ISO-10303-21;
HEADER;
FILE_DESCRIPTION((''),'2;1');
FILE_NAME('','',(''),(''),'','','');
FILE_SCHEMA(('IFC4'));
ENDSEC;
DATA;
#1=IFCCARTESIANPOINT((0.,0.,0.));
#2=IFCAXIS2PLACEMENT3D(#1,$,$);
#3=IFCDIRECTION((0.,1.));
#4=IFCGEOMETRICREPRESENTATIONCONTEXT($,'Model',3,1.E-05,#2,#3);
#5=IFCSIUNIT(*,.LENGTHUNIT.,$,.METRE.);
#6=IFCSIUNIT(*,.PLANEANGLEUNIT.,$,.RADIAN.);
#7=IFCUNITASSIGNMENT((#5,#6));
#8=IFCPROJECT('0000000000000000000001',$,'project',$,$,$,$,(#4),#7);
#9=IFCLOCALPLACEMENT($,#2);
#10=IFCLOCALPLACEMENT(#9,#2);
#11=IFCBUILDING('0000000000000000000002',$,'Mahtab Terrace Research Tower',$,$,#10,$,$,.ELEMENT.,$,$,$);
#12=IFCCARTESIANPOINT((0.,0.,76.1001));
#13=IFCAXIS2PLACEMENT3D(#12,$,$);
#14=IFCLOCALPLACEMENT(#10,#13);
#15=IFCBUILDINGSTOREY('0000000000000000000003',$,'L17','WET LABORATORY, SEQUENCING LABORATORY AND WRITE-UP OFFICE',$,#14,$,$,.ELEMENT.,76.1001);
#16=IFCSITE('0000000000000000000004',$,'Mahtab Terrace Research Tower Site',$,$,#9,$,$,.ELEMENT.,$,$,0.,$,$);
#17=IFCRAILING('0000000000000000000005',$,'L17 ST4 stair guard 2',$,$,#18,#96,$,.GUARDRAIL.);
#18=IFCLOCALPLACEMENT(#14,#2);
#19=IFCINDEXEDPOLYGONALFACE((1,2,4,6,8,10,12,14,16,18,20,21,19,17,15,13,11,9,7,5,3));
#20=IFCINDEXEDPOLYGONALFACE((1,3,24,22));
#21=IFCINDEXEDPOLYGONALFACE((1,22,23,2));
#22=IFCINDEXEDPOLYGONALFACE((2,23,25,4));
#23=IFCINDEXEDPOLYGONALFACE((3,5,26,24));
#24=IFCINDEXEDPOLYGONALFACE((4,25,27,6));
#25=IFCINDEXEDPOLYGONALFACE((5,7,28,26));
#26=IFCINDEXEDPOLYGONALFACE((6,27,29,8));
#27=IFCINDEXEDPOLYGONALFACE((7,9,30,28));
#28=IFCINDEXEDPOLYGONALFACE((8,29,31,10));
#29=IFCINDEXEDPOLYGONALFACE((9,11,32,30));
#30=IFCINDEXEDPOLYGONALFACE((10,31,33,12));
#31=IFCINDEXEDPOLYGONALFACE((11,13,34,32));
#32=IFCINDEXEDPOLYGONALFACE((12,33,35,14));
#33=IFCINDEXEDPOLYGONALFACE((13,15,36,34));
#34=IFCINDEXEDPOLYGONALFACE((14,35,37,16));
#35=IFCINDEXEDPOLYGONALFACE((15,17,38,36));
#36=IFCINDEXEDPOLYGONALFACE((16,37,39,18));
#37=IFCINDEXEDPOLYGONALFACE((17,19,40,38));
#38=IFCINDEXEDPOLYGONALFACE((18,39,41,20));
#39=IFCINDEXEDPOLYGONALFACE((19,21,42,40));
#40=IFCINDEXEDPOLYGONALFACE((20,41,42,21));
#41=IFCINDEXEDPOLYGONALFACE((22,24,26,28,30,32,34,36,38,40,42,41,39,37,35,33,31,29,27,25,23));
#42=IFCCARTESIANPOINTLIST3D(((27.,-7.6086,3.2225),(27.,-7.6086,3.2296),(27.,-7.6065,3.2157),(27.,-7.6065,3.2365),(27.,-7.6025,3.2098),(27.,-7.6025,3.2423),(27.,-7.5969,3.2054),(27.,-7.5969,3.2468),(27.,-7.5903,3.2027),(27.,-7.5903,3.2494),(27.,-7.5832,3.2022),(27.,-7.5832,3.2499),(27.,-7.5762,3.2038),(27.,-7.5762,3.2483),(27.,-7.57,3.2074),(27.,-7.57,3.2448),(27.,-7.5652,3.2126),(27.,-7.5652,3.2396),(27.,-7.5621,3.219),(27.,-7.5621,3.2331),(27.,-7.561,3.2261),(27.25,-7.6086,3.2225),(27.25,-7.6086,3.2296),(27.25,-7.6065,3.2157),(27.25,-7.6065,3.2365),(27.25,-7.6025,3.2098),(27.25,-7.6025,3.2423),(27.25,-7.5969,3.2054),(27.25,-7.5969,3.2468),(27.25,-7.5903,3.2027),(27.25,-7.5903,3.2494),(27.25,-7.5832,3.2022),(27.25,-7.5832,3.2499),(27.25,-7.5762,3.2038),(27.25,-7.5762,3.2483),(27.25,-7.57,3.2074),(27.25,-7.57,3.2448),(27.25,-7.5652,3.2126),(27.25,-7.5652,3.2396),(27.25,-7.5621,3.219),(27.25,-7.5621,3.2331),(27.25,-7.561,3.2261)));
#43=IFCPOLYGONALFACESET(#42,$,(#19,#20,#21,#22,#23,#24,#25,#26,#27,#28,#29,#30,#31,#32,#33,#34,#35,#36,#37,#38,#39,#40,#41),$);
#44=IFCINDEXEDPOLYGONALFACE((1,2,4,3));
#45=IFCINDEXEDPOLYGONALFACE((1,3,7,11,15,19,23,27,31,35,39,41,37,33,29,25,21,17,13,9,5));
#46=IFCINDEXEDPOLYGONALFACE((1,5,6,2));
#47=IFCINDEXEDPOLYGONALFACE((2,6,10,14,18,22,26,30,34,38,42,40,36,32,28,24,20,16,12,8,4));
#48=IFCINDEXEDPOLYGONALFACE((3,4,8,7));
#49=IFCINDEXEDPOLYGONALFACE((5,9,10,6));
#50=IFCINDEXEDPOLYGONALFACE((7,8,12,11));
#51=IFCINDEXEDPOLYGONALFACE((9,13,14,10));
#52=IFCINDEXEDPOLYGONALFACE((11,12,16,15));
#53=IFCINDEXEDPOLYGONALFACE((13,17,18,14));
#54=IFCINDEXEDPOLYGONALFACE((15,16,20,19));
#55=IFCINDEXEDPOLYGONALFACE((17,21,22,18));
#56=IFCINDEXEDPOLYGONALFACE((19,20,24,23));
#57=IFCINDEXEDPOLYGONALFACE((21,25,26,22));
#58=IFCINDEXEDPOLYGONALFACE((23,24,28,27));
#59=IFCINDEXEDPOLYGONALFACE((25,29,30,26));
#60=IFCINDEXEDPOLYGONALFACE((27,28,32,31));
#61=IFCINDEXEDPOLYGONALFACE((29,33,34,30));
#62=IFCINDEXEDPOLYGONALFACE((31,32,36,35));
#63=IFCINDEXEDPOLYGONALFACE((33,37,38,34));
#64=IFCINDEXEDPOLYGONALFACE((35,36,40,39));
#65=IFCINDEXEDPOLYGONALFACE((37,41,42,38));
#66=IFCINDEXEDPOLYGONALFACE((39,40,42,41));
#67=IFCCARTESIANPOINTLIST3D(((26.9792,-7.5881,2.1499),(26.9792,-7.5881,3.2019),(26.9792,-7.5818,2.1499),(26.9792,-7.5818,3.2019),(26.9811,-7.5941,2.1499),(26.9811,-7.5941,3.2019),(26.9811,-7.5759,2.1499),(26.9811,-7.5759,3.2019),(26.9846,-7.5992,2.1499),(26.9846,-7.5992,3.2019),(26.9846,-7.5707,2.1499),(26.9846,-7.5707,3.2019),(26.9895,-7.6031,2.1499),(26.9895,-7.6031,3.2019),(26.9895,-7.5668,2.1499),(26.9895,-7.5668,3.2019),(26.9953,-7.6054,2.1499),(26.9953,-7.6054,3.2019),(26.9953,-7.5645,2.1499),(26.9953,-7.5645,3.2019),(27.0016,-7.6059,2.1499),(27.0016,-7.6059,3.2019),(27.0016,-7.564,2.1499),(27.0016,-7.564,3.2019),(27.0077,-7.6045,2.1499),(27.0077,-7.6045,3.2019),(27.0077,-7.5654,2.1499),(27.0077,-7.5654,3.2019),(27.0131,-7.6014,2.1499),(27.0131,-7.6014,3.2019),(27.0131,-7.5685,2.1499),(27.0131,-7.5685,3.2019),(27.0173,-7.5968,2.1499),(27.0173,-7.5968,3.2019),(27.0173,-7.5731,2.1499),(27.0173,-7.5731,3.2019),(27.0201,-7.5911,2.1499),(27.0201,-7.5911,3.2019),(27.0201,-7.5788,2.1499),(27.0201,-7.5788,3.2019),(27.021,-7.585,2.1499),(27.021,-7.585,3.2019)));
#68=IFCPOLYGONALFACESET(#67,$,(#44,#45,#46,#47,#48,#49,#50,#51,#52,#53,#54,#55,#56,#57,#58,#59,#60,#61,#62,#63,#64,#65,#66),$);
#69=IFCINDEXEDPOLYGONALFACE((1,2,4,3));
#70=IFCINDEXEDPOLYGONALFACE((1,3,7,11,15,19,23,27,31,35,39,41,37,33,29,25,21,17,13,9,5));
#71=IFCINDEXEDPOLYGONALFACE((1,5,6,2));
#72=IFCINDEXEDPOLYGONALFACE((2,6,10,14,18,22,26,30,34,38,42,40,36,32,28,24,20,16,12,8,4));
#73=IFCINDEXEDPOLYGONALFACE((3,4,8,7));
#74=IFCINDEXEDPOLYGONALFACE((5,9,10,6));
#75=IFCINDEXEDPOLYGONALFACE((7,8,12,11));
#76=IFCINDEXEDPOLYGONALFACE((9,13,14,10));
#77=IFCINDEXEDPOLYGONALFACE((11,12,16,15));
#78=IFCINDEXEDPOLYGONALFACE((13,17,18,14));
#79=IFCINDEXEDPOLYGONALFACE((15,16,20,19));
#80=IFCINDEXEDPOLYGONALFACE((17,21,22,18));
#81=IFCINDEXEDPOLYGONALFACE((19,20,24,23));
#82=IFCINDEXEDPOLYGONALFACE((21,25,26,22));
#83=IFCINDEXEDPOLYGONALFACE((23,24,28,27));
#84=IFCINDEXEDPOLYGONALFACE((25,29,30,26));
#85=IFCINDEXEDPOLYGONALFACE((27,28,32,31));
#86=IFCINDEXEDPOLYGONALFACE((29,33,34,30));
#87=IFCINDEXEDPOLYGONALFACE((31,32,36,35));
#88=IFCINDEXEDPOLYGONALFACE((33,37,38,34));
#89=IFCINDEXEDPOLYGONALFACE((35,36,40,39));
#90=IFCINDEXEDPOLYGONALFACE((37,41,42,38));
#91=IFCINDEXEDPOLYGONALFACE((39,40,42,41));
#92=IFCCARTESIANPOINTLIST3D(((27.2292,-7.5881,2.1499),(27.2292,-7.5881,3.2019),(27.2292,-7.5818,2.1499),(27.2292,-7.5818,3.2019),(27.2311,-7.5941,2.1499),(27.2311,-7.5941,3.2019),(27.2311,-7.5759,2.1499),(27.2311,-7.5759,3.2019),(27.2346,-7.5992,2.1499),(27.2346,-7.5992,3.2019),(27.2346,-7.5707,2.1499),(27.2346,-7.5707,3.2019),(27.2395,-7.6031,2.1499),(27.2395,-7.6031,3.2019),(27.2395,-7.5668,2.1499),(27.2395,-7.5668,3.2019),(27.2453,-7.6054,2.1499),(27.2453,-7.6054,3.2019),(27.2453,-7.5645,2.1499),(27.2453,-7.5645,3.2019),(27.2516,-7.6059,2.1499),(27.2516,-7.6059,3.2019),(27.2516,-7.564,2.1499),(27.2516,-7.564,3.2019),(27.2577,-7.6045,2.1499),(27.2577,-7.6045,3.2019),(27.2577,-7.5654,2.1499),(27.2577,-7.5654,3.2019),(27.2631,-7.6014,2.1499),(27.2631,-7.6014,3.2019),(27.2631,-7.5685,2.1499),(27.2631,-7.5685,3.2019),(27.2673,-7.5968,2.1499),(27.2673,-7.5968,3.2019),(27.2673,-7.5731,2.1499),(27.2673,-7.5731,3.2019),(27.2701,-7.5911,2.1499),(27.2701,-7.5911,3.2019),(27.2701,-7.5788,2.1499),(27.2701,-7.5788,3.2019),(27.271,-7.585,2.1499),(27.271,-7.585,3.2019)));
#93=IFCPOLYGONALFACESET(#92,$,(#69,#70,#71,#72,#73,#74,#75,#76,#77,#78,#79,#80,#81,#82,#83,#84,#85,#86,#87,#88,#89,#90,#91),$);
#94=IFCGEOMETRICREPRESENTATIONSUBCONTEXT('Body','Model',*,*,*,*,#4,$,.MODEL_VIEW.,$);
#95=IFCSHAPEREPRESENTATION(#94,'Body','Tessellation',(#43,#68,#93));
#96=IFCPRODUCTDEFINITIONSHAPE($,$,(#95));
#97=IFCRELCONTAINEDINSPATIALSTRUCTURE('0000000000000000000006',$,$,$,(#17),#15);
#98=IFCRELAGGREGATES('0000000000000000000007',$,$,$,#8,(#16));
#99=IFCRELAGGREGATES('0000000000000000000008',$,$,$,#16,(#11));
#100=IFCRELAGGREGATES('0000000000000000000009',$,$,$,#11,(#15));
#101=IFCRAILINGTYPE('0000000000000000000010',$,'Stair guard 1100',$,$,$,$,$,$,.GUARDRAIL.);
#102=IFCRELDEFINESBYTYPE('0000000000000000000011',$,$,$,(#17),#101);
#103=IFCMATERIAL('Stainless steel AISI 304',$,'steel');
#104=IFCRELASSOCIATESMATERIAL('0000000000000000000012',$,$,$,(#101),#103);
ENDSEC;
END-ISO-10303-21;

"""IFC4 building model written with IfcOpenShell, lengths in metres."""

from ifc_helpers import new_model, si_unit, direction, frame, origin, origin_2d, place, context, subcontext, project, spatial, circle, extrude, material, type_object, element, save


model = new_model("IFC4")

# Units and contexts
model_context = context("Model", 3, precision=1e-05, world=origin(), true_north=direction((0.0, 1.0)))
body_context = subcontext(model_context, "Body", "Model", "MODEL_VIEW")
ifc_project = project(units=[si_unit("LENGTHUNIT", "METRE"), si_unit("PLANEANGLEUNIT", "RADIAN")], contexts=[model_context])

# Site, building, storey
site_placement = place(None, origin())
site = spatial("IfcSite", under=ifc_project, at=site_placement, Name="Mahtab Terrace Research Tower Site", CompositionType="ELEMENT", RefElevation=0.0)
building_placement = place(site_placement, origin())
building = spatial("IfcBuilding", under=site, at=building_placement, Name="Mahtab Terrace Research Tower", CompositionType="ELEMENT")
storey_placement = place(building_placement, frame((0.0, 0.0, 76.1001)))
storey = spatial("IfcBuildingStorey", under=building, at=storey_placement, Name="L17", Description="WET LABORATORY, SEQUENCING LABORATORY AND WRITE-UP OFFICE", CompositionType="ELEMENT", Elevation=76.1001)

# Shared definitions
ifc_material_1 = material(Name="Stainless steel AISI 304", Category="steel")

# Railing
railing_type_1 = type_object("IfcRailingType", Name="Stair guard 1100", PredefinedType="GUARDRAIL", material=ifc_material_1)
railing_1_placement = place(storey_placement, frame((27.0, -7.585, 2.1499)))
element("IfcRailing", 1, at=railing_1_placement, inside=storey, type_object=railing_type_1, Name="L17 ST4 stair guard 2", PredefinedType="GUARDRAIL", context=body_context, shape_type="SweptSolid", body=[
    extrude(circle(Radius=0.0239, at=origin_2d()), frame((0.0, 0.0, 1.0762), z_axis=(1.0, 0.0, 0.0), x_axis=(0.0, 1.0, 0.0)), (0.0, 0.0, 1.0), 0.25),
    extrude(circle(Radius=0.021, at=origin_2d()), origin(), (0.0, 0.0, 1.0), 1.052),
    extrude(circle(Radius=0.021, at=origin_2d()), frame((0.25, 0.0, 0.0)), (0.0, 0.0, 1.0), 1.052),
])

save(model, "model.ifc")
